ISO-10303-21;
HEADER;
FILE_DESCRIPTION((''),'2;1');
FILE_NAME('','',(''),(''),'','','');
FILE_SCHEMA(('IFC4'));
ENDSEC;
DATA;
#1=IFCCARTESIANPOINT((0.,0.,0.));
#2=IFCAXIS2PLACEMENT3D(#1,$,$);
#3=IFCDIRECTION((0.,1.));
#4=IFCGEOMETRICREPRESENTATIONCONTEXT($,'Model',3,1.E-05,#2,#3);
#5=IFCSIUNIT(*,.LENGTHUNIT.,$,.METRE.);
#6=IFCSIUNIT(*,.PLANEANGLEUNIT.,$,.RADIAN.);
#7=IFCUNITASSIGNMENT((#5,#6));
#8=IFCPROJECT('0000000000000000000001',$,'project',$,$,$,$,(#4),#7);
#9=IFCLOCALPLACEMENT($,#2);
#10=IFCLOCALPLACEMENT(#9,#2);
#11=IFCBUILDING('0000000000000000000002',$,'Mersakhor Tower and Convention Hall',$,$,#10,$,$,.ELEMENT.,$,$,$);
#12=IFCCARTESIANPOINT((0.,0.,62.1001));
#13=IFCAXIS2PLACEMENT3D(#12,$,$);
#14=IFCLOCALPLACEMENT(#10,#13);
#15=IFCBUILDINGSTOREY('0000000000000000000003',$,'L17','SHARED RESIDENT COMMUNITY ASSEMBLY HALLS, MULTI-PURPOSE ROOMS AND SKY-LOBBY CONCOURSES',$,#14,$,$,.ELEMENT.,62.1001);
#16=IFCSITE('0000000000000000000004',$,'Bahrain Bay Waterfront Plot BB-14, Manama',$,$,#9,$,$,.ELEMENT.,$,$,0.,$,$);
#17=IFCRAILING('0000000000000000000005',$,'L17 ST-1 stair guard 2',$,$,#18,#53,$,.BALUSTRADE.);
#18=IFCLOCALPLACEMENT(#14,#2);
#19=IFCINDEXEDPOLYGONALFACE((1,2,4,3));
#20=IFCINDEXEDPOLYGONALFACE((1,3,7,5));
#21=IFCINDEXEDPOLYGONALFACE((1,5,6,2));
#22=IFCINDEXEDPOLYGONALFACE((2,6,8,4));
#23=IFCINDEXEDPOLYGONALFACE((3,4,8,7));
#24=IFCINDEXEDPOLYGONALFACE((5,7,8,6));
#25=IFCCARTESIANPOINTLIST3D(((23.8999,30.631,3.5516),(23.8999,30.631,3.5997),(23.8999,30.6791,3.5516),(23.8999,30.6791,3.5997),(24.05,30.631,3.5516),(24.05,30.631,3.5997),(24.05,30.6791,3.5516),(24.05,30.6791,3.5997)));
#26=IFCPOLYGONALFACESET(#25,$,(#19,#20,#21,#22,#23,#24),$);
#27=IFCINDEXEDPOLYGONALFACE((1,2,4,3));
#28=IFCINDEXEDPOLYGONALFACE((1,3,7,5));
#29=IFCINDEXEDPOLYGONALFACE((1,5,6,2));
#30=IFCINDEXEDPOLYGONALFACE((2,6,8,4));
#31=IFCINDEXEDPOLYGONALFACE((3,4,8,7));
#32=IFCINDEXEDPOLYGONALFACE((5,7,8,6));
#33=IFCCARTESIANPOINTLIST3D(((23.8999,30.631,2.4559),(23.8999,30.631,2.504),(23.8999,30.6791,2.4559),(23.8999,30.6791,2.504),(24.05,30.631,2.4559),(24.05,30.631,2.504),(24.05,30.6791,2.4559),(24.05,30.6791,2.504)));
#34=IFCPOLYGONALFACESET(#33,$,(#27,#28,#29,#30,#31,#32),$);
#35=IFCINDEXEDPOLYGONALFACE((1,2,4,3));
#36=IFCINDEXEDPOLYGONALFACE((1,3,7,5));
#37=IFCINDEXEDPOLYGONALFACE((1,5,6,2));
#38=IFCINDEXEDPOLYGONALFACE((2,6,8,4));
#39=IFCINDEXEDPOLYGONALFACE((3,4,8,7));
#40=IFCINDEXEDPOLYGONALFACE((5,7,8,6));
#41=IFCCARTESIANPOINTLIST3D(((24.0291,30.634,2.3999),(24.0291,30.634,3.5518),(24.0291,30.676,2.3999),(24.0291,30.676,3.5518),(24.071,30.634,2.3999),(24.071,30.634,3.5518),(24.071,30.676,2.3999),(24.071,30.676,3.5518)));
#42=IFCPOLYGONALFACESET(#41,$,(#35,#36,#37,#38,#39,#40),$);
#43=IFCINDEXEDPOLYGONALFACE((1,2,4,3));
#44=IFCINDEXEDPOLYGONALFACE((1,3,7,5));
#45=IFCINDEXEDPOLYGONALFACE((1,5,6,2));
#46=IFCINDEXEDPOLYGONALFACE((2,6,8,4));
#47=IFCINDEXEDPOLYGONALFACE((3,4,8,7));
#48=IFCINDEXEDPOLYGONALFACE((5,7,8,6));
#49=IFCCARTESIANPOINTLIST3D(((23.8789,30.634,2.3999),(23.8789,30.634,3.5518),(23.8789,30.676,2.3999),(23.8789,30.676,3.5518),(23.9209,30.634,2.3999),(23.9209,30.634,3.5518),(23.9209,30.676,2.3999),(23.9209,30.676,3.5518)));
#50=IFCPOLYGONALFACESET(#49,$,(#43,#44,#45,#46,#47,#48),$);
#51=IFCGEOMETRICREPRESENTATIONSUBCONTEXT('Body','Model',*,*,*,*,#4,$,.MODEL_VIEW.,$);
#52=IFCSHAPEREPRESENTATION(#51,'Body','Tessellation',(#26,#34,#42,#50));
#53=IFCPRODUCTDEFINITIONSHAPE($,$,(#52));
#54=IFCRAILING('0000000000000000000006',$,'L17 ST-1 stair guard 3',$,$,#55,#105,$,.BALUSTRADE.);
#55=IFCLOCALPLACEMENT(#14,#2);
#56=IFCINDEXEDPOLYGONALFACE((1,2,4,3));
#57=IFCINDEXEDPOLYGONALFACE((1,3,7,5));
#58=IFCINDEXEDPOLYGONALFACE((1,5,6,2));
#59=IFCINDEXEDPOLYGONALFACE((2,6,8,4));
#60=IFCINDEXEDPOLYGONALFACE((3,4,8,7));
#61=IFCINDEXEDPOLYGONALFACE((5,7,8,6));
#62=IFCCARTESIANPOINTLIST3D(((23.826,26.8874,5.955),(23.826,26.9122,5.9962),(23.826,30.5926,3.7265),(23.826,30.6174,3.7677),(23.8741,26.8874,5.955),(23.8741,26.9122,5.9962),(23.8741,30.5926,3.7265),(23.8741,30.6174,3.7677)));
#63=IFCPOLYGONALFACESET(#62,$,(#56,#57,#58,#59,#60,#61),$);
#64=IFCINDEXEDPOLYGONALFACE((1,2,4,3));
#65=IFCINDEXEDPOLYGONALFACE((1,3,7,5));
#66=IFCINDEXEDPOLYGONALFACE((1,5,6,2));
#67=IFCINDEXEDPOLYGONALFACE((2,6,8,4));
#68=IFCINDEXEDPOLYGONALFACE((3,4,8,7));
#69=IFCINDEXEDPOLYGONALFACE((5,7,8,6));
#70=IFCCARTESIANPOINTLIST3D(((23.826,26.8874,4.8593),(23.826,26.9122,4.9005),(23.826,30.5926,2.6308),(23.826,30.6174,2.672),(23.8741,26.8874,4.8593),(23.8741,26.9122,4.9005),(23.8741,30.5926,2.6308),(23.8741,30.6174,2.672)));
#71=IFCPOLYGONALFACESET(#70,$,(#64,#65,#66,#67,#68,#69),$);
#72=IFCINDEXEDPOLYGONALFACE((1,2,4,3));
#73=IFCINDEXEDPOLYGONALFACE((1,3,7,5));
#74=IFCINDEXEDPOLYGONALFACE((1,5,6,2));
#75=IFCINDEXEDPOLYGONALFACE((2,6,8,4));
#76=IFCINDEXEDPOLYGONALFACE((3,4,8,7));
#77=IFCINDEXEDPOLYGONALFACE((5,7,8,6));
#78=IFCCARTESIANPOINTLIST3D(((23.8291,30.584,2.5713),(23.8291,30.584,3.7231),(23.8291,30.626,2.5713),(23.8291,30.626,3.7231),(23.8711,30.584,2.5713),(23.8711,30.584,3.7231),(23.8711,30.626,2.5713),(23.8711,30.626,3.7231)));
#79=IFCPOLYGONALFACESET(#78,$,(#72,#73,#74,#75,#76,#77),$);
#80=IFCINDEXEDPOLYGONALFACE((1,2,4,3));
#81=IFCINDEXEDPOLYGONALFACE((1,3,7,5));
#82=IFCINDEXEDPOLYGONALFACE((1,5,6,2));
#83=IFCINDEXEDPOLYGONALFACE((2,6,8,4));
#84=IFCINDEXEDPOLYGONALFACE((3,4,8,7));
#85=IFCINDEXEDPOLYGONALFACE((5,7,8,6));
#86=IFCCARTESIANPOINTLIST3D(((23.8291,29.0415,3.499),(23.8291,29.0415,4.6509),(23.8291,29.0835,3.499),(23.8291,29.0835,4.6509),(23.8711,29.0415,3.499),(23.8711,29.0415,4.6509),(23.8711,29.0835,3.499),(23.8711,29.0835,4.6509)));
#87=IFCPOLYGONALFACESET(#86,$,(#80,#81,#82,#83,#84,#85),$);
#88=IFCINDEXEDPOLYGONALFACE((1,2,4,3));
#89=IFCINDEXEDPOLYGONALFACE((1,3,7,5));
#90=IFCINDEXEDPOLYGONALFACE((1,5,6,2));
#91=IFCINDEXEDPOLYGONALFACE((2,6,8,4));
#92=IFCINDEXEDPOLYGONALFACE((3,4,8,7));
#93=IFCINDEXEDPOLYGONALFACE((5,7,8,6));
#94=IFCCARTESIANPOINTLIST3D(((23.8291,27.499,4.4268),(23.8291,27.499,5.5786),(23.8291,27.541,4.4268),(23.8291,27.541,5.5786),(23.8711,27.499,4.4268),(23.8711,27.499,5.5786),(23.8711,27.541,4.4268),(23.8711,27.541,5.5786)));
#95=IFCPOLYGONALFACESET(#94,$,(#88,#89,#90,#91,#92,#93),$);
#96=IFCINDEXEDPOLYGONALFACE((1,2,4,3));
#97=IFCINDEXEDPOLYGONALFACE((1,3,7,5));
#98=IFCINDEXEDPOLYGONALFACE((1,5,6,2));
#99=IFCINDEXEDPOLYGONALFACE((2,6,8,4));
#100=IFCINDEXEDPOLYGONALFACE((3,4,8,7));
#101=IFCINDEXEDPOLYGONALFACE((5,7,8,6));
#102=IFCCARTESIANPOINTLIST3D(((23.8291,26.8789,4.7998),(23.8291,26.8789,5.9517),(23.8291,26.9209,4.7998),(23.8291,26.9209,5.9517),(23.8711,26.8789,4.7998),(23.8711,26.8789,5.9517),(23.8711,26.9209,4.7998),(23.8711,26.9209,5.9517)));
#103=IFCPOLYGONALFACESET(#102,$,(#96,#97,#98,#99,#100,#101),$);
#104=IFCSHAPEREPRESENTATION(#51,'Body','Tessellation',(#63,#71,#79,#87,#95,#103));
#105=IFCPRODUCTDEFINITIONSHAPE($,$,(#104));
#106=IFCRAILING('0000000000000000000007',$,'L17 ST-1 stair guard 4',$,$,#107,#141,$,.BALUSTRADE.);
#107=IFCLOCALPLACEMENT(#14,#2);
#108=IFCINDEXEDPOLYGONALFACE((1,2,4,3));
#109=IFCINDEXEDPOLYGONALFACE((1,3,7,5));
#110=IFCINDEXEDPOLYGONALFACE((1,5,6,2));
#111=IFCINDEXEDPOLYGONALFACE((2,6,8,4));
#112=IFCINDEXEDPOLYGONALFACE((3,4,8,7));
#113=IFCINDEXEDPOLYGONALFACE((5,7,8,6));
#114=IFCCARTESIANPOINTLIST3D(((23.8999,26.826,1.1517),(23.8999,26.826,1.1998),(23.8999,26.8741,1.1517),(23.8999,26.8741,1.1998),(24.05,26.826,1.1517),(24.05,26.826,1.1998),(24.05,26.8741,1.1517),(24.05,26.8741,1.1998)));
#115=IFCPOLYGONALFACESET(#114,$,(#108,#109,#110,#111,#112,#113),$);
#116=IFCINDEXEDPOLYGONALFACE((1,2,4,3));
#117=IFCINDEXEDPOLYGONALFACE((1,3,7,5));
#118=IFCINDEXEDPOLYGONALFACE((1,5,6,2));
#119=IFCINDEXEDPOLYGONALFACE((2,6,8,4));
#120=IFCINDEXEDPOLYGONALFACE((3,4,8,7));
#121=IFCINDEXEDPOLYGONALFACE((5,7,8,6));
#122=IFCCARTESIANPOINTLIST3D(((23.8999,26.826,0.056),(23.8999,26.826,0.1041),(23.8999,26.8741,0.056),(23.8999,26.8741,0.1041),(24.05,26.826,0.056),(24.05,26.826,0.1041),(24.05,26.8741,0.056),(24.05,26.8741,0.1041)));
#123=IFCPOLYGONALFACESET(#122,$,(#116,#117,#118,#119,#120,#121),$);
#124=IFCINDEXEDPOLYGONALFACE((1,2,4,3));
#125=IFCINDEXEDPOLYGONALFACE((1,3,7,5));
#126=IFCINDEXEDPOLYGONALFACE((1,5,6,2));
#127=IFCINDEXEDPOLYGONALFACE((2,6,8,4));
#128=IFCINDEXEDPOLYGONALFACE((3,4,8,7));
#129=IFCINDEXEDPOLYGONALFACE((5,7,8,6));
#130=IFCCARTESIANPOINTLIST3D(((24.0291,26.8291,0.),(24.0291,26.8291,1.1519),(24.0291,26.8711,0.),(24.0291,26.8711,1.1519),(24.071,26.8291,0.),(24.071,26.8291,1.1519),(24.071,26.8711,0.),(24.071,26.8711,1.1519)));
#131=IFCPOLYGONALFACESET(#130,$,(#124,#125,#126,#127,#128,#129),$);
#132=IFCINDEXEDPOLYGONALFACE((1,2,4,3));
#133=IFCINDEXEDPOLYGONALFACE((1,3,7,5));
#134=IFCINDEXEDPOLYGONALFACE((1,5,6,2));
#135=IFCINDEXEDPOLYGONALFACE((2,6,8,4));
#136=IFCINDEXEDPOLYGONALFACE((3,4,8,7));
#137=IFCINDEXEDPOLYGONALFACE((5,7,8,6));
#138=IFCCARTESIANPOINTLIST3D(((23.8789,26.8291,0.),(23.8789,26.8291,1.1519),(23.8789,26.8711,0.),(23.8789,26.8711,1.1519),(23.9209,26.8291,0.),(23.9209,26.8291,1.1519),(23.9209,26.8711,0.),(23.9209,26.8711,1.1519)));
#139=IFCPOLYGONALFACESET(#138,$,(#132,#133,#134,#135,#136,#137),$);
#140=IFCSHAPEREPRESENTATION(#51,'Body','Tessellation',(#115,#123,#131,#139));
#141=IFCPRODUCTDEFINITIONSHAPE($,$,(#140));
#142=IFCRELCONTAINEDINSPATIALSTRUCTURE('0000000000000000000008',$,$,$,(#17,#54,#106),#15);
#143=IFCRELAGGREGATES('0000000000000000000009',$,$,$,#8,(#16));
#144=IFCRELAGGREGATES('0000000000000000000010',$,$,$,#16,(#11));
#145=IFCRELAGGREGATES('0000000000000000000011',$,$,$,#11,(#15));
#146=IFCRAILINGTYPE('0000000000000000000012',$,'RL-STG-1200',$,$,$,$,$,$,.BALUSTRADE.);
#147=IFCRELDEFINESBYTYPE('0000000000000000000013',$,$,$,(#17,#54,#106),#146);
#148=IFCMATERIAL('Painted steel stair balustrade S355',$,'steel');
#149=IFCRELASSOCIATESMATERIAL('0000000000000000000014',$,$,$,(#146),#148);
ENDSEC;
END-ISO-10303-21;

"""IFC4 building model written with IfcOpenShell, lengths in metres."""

from ifc_helpers import new_model, si_unit, direction, frame, origin, origin_2d, place, context, subcontext, project, spatial, rectangle, extrude, material, type_object, element, save


model = new_model("IFC4")

# Units and contexts
model_context = context("Model", 3, precision=1e-05, world=origin(), true_north=direction((0.0, 1.0)))
body_context = subcontext(model_context, "Body", "Model", "MODEL_VIEW")
ifc_project = project(units=[si_unit("LENGTHUNIT", "METRE"), si_unit("PLANEANGLEUNIT", "RADIAN")], contexts=[model_context])

# Site, building, storey
site_placement = place(None, origin())
site = spatial("IfcSite", under=ifc_project, at=site_placement, Name="Bahrain Bay Waterfront Plot BB-14, Manama", CompositionType="ELEMENT", RefElevation=0.0)
building_placement = place(site_placement, origin())
building = spatial("IfcBuilding", under=site, at=building_placement, Name="Mersakhor Tower and Convention Hall", CompositionType="ELEMENT")
storey_placement = place(building_placement, frame((0.0, 0.0, 62.1001)))
storey = spatial("IfcBuildingStorey", under=building, at=storey_placement, Name="L17", Description="SHARED RESIDENT COMMUNITY ASSEMBLY HALLS, MULTI-PURPOSE ROOMS AND SKY-LOBBY CONCOURSES", CompositionType="ELEMENT", Elevation=62.1001)

# Railings
ifc_material_1 = material(Name="Painted steel stair balustrade S355", Category="steel")
railing_type_1 = type_object("IfcRailingType", Name="RL-STG-1200", PredefinedType="BALUSTRADE", material=ifc_material_1)
railing_1_placement = place(storey_placement, frame((24.05, 30.655, 2.3999)))
element("IfcRailing", 1, at=railing_1_placement, inside=storey, type_object=railing_type_1, Name="L17 ST-1 stair guard 2", PredefinedType="BALUSTRADE", context=body_context, shape_type="SweptSolid", body=[
    extrude(rectangle(XDim=0.0481, YDim=0.0481, at=origin_2d()), frame((0.0, 0.0, 1.1758), z_axis=(-1.0, 0.0, 0.0), x_axis=(0.0, -1.0, 0.0)), (0.0, 0.0, 1.0), 0.1501),
    extrude(rectangle(XDim=0.0481, YDim=0.0481, at=origin_2d()), frame((0.0, 0.0, 0.0801), z_axis=(-1.0, 0.0, 0.0), x_axis=(0.0, -1.0, 0.0)), (0.0, 0.0, 1.0), 0.1501),
    extrude(rectangle(XDim=0.042, YDim=0.042, at=origin_2d()), origin(), (0.0, 0.0, 1.0), 1.1519),
    extrude(rectangle(XDim=0.042, YDim=0.042, at=origin_2d()), frame((-0.1501, 0.0, 0.0)), (0.0, 0.0, 1.0), 1.1519),
])
railing_2_placement = place(storey_placement, frame((23.8501, 30.605, 2.5713)))
element("IfcRailing", 2, at=railing_2_placement, inside=storey, type_object=railing_type_1, Name="L17 ST-1 stair guard 3", PredefinedType="BALUSTRADE", context=body_context, shape_type="SweptSolid", body=[
    extrude(rectangle(XDim=0.0481, YDim=0.0481, at=origin_2d()), frame((0.0, 0.0, 1.1758), z_axis=(0.0, -0.856934, 0.515425), x_axis=(1.0, 0.0, 0.0)), (0.0, 0.0, 1.0), 4.3237),
    extrude(rectangle(XDim=0.0481, YDim=0.0481, at=origin_2d()), frame((0.0, 0.0, 0.0801), z_axis=(0.0, -0.856934, 0.515425), x_axis=(1.0, 0.0, 0.0)), (0.0, 0.0, 1.0), 4.3237),
    extrude(rectangle(XDim=0.042, YDim=0.042, at=origin_2d()), origin(), (0.0, 0.0, 1.0), 1.1519),
    extrude(rectangle(XDim=0.042, YDim=0.042, at=origin_2d()), frame((0.0, -1.5425, 0.9277)), (0.0, 0.0, 1.0), 1.1519),
    extrude(rectangle(XDim=0.042, YDim=0.042, at=origin_2d()), frame((0.0, -3.085, 1.8555)), (0.0, 0.0, 1.0), 1.1519),
    extrude(rectangle(XDim=0.042, YDim=0.042, at=origin_2d()), frame((0.0, -3.7051, 2.2285)), (0.0, 0.0, 1.0), 1.1519),
])
railing_3_placement = place(storey_placement, frame((24.05, 26.8501, 0.0)))
element("IfcRailing", 3, at=railing_3_placement, inside=storey, type_object=railing_type_1, Name="L17 ST-1 stair guard 4", PredefinedType="BALUSTRADE", context=body_context, shape_type="SweptSolid", body=[
    extrude(rectangle(XDim=0.0481, YDim=0.0481, at=origin_2d()), frame((0.0, 0.0, 1.1758), z_axis=(-1.0, 0.0, 0.0), x_axis=(0.0, -1.0, 0.0)), (0.0, 0.0, 1.0), 0.1501),
    extrude(rectangle(XDim=0.0481, YDim=0.0481, at=origin_2d()), frame((0.0, 0.0, 0.0801), z_axis=(-1.0, 0.0, 0.0), x_axis=(0.0, -1.0, 0.0)), (0.0, 0.0, 1.0), 0.1501),
    extrude(rectangle(XDim=0.042, YDim=0.042, at=origin_2d()), origin(), (0.0, 0.0, 1.0), 1.1519),
    extrude(rectangle(XDim=0.042, YDim=0.042, at=origin_2d()), frame((-0.1501, 0.0, 0.0)), (0.0, 0.0, 1.0), 1.1519),
])

save(model, "model.ifc")
